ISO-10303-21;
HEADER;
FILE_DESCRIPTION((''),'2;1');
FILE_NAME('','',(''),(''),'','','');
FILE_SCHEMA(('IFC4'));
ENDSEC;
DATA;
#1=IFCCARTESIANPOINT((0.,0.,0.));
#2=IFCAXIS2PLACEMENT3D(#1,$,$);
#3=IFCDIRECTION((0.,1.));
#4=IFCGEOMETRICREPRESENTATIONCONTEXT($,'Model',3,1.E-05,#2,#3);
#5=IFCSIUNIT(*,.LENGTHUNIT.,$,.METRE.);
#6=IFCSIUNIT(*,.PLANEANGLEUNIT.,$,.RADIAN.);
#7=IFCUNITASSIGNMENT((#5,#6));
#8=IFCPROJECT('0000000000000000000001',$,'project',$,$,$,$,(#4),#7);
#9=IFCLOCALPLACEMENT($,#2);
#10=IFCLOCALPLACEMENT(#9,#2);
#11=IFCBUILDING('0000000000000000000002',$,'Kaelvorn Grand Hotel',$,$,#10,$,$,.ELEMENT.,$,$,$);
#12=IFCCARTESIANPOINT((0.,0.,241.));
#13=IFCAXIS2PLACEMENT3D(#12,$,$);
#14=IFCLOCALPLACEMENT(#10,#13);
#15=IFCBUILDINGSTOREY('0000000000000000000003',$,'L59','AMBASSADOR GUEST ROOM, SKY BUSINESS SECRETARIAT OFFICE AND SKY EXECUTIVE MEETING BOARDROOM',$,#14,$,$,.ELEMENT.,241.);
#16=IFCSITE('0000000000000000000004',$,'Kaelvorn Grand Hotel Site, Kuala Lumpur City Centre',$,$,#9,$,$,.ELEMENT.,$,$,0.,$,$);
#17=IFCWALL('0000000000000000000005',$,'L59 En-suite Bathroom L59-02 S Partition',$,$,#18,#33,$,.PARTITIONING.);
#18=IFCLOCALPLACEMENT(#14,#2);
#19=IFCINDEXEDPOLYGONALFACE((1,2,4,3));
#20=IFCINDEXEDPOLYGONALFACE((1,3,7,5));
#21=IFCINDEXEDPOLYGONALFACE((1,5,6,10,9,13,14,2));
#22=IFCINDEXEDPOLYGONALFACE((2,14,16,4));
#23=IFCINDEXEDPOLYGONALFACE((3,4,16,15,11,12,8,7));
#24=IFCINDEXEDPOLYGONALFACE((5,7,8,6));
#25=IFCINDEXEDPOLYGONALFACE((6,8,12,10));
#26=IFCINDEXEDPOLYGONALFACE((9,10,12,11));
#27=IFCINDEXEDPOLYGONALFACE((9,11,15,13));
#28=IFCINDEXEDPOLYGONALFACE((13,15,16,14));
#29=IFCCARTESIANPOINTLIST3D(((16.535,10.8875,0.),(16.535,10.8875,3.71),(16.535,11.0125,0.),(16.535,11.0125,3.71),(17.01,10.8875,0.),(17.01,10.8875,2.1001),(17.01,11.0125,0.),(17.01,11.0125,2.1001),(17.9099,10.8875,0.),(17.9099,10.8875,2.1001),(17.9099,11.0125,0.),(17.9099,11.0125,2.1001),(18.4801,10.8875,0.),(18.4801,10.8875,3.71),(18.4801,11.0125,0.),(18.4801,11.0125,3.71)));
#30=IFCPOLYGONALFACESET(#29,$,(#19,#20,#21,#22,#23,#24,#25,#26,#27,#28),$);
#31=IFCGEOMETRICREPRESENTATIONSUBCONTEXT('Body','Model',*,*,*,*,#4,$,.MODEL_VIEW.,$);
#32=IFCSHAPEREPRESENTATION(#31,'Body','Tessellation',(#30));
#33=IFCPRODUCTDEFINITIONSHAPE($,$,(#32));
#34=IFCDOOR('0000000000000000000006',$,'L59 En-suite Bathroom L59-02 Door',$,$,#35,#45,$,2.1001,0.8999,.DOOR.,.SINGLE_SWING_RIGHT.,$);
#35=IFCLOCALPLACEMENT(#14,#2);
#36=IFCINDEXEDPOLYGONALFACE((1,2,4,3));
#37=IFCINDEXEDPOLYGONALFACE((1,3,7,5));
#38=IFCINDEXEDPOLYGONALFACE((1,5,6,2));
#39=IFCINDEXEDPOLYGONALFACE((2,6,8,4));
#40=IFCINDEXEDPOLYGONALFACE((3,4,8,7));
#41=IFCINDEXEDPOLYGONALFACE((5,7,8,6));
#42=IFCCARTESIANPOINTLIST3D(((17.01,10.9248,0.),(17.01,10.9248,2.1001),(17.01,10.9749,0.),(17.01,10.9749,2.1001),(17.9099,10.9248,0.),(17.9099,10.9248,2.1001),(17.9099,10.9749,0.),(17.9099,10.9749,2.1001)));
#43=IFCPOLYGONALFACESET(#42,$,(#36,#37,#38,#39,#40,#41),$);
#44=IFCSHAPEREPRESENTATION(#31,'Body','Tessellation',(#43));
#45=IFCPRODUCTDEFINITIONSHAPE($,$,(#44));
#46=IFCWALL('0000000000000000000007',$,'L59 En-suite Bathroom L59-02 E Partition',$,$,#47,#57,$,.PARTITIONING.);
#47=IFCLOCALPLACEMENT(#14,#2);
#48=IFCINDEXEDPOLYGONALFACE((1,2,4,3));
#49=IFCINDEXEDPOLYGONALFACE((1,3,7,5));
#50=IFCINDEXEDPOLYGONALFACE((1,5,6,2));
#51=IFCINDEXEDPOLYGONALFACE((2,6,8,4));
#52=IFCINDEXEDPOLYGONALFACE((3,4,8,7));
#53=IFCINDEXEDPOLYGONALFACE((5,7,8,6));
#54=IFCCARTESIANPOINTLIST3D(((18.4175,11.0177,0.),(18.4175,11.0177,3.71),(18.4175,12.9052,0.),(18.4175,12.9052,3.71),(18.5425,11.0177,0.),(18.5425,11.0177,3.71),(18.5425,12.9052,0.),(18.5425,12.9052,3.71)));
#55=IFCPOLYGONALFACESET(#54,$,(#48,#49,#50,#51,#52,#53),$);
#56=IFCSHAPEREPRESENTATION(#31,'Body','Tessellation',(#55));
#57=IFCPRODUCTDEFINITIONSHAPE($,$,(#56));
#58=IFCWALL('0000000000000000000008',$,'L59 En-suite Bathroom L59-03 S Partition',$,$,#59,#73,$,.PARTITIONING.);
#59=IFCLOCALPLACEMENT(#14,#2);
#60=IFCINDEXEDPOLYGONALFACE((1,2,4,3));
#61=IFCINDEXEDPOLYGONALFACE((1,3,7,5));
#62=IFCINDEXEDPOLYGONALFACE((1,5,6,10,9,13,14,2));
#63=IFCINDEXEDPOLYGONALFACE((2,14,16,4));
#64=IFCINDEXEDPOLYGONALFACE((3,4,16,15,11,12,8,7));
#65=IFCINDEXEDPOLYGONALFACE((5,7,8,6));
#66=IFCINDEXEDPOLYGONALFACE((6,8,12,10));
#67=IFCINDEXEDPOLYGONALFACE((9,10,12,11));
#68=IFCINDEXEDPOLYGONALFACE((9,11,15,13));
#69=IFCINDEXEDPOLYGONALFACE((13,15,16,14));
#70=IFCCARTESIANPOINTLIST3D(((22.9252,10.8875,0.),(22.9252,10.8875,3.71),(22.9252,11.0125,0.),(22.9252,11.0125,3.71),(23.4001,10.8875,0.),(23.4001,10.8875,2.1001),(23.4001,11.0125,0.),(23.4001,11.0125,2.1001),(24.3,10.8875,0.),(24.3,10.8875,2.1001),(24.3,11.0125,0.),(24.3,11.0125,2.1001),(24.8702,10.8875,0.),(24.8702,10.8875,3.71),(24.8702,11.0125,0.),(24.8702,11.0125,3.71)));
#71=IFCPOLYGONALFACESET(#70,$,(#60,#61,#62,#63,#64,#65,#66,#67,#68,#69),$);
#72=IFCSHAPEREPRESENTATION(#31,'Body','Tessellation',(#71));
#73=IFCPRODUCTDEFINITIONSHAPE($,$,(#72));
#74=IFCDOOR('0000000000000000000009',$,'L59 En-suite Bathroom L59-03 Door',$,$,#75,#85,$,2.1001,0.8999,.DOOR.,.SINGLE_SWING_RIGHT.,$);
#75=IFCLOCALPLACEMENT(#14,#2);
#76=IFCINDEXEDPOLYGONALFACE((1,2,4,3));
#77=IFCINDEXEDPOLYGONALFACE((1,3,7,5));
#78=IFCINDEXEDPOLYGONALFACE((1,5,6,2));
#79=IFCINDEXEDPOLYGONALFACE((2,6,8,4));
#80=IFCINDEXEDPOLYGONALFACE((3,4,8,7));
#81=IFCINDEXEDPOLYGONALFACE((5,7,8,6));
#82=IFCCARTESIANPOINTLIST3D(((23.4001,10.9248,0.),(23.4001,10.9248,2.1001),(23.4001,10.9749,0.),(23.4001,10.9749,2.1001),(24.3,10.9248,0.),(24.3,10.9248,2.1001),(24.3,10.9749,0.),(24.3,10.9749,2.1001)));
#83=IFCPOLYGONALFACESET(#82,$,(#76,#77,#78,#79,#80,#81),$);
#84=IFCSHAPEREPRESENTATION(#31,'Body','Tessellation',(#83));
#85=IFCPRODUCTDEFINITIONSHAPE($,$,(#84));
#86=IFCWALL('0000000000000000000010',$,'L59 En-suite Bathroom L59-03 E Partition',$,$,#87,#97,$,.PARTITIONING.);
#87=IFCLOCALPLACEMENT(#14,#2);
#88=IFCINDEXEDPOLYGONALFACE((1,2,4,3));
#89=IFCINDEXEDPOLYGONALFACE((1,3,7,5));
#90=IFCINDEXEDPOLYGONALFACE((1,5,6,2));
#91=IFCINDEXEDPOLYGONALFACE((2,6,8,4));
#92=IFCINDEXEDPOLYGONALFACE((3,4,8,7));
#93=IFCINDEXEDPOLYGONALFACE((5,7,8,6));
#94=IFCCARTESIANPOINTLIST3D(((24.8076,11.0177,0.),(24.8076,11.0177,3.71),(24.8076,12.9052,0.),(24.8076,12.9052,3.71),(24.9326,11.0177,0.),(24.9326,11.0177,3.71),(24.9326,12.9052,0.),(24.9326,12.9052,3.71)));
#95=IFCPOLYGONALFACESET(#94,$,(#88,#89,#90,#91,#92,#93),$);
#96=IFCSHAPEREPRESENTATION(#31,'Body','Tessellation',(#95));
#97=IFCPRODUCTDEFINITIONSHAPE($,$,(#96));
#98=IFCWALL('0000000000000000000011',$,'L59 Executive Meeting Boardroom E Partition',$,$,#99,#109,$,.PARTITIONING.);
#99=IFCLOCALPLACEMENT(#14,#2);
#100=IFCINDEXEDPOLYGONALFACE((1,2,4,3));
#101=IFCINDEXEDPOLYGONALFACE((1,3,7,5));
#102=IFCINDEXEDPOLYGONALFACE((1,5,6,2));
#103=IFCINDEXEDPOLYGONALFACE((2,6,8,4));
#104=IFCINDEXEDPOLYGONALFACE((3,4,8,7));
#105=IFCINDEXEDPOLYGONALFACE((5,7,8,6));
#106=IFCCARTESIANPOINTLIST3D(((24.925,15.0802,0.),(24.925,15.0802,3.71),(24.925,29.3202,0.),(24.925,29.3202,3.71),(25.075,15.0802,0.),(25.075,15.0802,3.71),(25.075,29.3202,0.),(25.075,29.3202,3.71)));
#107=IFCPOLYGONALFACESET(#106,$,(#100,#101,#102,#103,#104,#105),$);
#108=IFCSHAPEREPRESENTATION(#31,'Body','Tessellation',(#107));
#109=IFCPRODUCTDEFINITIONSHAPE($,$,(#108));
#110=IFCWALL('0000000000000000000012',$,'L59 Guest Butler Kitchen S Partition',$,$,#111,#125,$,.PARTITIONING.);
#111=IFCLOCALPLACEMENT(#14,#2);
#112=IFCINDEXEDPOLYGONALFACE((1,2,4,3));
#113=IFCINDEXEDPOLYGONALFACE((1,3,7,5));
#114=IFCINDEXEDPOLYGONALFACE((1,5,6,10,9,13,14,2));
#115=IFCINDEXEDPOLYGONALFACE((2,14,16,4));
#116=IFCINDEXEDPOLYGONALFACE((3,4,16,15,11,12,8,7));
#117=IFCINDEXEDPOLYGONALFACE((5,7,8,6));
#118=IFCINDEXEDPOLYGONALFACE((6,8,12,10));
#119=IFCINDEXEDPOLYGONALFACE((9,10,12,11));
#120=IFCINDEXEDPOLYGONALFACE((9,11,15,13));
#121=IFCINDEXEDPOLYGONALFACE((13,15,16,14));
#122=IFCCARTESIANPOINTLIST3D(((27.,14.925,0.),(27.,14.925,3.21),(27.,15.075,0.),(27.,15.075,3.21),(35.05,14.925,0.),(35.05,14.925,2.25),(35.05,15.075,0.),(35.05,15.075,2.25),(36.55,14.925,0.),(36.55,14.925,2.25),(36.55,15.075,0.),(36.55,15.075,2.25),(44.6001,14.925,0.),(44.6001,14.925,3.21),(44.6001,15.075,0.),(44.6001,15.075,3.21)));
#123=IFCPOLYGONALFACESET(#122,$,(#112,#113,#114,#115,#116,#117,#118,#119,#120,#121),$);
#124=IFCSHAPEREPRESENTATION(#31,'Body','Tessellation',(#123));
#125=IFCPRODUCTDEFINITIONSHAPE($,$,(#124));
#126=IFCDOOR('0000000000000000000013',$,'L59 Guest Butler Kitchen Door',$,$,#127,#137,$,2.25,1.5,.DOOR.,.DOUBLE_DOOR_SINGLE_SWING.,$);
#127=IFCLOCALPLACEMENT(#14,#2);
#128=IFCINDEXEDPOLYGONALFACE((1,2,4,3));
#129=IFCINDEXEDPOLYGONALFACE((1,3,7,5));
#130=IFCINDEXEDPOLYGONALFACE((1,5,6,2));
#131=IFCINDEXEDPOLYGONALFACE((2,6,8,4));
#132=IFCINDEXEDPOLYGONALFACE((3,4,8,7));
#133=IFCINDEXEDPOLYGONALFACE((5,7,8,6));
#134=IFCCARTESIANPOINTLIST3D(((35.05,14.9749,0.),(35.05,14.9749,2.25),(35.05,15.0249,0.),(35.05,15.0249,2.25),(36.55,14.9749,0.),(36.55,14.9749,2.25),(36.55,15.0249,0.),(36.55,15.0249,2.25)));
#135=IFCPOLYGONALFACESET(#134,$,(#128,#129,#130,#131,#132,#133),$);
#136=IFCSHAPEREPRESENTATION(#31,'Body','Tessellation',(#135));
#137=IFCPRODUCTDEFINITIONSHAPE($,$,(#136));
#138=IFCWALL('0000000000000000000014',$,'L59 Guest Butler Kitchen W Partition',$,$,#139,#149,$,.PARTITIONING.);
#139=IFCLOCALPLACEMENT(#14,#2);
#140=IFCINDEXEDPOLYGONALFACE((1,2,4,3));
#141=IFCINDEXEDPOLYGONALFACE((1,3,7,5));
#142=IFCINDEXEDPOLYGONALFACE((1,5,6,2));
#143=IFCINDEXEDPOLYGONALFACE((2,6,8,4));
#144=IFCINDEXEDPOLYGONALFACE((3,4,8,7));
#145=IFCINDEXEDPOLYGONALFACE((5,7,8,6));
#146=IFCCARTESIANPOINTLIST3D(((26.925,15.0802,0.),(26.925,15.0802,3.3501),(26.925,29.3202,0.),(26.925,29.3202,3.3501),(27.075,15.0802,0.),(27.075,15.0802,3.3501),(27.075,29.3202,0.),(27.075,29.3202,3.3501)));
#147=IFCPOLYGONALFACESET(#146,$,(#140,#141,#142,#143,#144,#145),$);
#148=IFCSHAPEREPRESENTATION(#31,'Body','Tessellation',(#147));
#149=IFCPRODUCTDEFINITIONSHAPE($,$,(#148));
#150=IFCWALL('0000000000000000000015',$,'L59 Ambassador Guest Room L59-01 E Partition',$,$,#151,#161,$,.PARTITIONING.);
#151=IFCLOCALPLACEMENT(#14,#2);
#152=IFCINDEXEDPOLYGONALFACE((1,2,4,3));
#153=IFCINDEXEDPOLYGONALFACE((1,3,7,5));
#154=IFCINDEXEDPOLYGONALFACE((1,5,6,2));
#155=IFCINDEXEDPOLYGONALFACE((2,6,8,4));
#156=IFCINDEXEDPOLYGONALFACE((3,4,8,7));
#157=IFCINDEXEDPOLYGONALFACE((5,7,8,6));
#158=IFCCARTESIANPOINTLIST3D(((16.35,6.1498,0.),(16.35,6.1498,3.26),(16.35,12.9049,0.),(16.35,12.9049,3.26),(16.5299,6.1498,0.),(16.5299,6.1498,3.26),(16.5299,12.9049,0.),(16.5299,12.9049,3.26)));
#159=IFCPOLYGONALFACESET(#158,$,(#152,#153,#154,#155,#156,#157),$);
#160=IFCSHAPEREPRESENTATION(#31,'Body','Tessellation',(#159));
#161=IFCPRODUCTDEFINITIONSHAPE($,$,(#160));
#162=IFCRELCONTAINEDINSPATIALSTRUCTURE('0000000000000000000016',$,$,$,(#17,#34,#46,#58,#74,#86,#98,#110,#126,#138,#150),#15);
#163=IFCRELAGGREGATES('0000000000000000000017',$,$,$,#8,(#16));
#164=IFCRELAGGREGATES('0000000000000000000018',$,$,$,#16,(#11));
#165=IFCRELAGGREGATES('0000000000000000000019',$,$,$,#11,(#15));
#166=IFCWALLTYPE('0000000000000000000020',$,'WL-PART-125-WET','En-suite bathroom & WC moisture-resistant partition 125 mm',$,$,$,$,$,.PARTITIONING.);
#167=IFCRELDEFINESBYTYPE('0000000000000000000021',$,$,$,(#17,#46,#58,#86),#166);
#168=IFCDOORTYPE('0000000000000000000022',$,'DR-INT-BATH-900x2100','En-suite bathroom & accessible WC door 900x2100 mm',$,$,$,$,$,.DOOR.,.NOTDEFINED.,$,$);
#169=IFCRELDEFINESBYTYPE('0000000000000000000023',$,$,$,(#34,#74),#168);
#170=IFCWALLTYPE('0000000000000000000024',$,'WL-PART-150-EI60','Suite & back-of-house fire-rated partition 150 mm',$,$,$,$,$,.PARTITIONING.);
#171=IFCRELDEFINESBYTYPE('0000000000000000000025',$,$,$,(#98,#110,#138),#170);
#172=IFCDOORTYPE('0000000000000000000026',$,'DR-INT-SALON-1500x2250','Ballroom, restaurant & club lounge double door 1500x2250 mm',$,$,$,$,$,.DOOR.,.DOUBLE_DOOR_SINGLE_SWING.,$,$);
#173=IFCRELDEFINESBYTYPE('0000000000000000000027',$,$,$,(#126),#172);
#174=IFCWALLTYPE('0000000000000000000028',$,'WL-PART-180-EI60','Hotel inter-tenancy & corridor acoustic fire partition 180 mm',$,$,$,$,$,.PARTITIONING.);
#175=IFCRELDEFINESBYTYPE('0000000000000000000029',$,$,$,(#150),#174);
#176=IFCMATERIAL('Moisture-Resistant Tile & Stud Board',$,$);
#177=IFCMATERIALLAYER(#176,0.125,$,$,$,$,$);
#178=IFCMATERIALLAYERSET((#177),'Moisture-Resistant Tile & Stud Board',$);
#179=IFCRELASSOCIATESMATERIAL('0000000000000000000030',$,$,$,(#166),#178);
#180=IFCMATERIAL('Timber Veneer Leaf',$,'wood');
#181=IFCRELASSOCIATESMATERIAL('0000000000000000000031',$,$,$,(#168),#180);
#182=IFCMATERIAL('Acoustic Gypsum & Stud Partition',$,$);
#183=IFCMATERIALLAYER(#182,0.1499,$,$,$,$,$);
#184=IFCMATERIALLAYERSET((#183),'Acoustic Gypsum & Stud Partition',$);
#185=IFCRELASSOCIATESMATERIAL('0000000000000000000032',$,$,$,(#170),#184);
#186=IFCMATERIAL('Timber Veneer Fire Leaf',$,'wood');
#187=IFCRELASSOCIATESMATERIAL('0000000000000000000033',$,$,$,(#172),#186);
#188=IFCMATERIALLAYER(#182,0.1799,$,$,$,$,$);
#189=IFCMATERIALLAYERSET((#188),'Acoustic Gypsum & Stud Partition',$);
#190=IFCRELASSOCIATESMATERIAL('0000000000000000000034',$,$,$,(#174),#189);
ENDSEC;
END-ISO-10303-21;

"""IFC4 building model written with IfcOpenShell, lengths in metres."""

from ifc_helpers import new_model, si_unit, direction, frame, frame_2d, origin, place, context, subcontext, project, spatial, rectangle, extrude, material, layer, layer_set, type_object, element, fill, save


model = new_model("IFC4")

# Units and contexts
model_context = context("Model", 3, precision=1e-05, world=origin(), true_north=direction((0.0, 1.0)))
body_context = subcontext(model_context, "Body", "Model", "MODEL_VIEW")
ifc_project = project(units=[si_unit("LENGTHUNIT", "METRE"), si_unit("PLANEANGLEUNIT", "RADIAN")], contexts=[model_context])

# Site, building, storey
site_placement = place(None, origin())
site = spatial("IfcSite", under=ifc_project, at=site_placement, Name="Kaelvorn Grand Hotel Site, Kuala Lumpur City Centre", CompositionType="ELEMENT", RefElevation=0.0)
building_placement = place(site_placement, origin())
building = spatial("IfcBuilding", under=site, at=building_placement, Name="Kaelvorn Grand Hotel", CompositionType="ELEMENT")
storey_placement = place(building_placement, frame((0.0, 0.0, 241.0)))
storey = spatial("IfcBuildingStorey", under=building, at=storey_placement, Name="L59", Description="AMBASSADOR GUEST ROOM, SKY BUSINESS SECRETARIAT OFFICE AND SKY EXECUTIVE MEETING BOARDROOM", CompositionType="ELEMENT", Elevation=241.0)

# Wall, opening, door
ifc_material_1 = material(Name="Moisture-Resistant Tile & Stud Board")
ifc_layer_1 = layer(ifc_material_1, 0.125)
ifc_layer_set_1 = layer_set([ifc_layer_1], Name="Moisture-Resistant Tile & Stud Board")
wall_type_1 = type_object("IfcWallType", Name="WL-PART-125-WET", Description="En-suite bathroom & WC moisture-resistant partition 125 mm", PredefinedType="PARTITIONING", material=ifc_layer_set_1)
wall_1_placement = place(storey_placement, frame((16.5349, 10.95, 0.0), z_axis=(0.0, 0.0, 1.0), x_axis=(1.0, 0.0, 0.0)))
wall_1 = element("IfcWall", 1, at=wall_1_placement, inside=storey, type_object=wall_type_1, Name="L59 En-suite Bathroom L59-02 S Partition", PredefinedType="PARTITIONING", context=body_context, shape_type="SweptSolid", body=[
    extrude(rectangle(XDim=1.9451, YDim=0.125, at=frame_2d((0.9727, 0.0))), origin(), (0.0, 0.0, 1.0), 3.71),
])
opening_1_placement = place(wall_1_placement, frame((0.4751, 0.0, 0.0)))
opening_1 = element("IfcOpeningElement", 2, at=opening_1_placement, cuts=wall_1, PredefinedType="OPENING", context=body_context, shape_type="SweptSolid", body=[
    extrude(rectangle(XDim=0.8999, YDim=2.1001, at=frame_2d((0.45, 1.05))), frame((0.0, 0.0725, 0.0), z_axis=(0.0, -1.0, 0.0), x_axis=(1.0, 0.0, 0.0)), (0.0, 0.0, 1.0), 0.145),
])
ifc_material_2 = material(Name="Timber Veneer Leaf", Category="wood")
door_type_1 = type_object("IfcDoorType", Name="DR-INT-BATH-900x2100", Description="En-suite bathroom & accessible WC door 900x2100 mm", OperationType="NOTDEFINED", PredefinedType="DOOR", material=ifc_material_2)
door_1_placement = place(opening_1_placement, origin())
door_1 = element("IfcDoor", 3, at=door_1_placement, inside=storey, type_object=door_type_1, Name="L59 En-suite Bathroom L59-02 Door", OperationType="SINGLE_SWING_RIGHT", OverallHeight=2.1001, OverallWidth=0.8999, PredefinedType="DOOR", context=body_context, shape_type="SweptSolid", body=[
    extrude(rectangle(XDim=0.8999, YDim=2.1001, at=frame_2d((0.45, 1.05))), frame((0.0, 0.0249, 0.0), z_axis=(0.0, -1.0, 0.0), x_axis=(1.0, 0.0, 0.0)), (0.0, 0.0, 1.0), 0.05),
])
fill(opening_1, door_1)

# Wall
wall_2_placement = place(storey_placement, frame((18.48, 11.0176, 0.0), z_axis=(0.0, 0.0, 1.0), x_axis=(0.0, 1.0, 0.0)))
element("IfcWall", 4, at=wall_2_placement, inside=storey, type_object=wall_type_1, Name="L59 En-suite Bathroom L59-02 E Partition", PredefinedType="PARTITIONING", context=body_context, shape_type="SweptSolid", body=[
    extrude(rectangle(XDim=1.8875, YDim=0.125, at=frame_2d((0.9438, 0.0))), origin(), (0.0, 0.0, 1.0), 3.71),
])

# Wall, opening, door
wall_3_placement = place(storey_placement, frame((22.925, 10.95, 0.0), z_axis=(0.0, 0.0, 1.0), x_axis=(1.0, 0.0, 0.0)))
wall_3 = element("IfcWall", 5, at=wall_3_placement, inside=storey, type_object=wall_type_1, Name="L59 En-suite Bathroom L59-03 S Partition", PredefinedType="PARTITIONING", context=body_context, shape_type="SweptSolid", body=[
    extrude(rectangle(XDim=1.9451, YDim=0.125, at=frame_2d((0.9727, 0.0))), origin(), (0.0, 0.0, 1.0), 3.71),
])
opening_2_placement = place(wall_3_placement, frame((0.4751, 0.0, 0.0)))
opening_2 = element("IfcOpeningElement", 6, at=opening_2_placement, cuts=wall_3, PredefinedType="OPENING", context=body_context, shape_type="SweptSolid", body=[
    extrude(rectangle(XDim=0.8999, YDim=2.1001, at=frame_2d((0.45, 1.05))), frame((0.0, 0.0725, 0.0), z_axis=(0.0, -1.0, 0.0), x_axis=(1.0, 0.0, 0.0)), (0.0, 0.0, 1.0), 0.145),
])
door_2_placement = place(opening_2_placement, origin())
door_2 = element("IfcDoor", 7, at=door_2_placement, inside=storey, type_object=door_type_1, Name="L59 En-suite Bathroom L59-03 Door", OperationType="SINGLE_SWING_RIGHT", OverallHeight=2.1001, OverallWidth=0.8999, PredefinedType="DOOR", context=body_context, shape_type="SweptSolid", body=[
    extrude(rectangle(XDim=0.8999, YDim=2.1001, at=frame_2d((0.45, 1.05))), frame((0.0, 0.0249, 0.0), z_axis=(0.0, -1.0, 0.0), x_axis=(1.0, 0.0, 0.0)), (0.0, 0.0, 1.0), 0.05),
])
fill(opening_2, door_2)

# Walls
wall_4_placement = place(storey_placement, frame((24.8701, 11.0176, 0.0), z_axis=(0.0, 0.0, 1.0), x_axis=(0.0, 1.0, 0.0)))
element("IfcWall", 8, at=wall_4_placement, inside=storey, type_object=wall_type_1, Name="L59 En-suite Bathroom L59-03 E Partition", PredefinedType="PARTITIONING", context=body_context, shape_type="SweptSolid", body=[
    extrude(rectangle(XDim=1.8875, YDim=0.125, at=frame_2d((0.9438, 0.0))), origin(), (0.0, 0.0, 1.0), 3.71),
])
ifc_material_3 = material(Name="Acoustic Gypsum & Stud Partition")
ifc_layer_2 = layer(ifc_material_3, 0.1499)
ifc_layer_set_2 = layer_set([ifc_layer_2], Name="Acoustic Gypsum & Stud Partition")
wall_type_2 = type_object("IfcWallType", Name="WL-PART-150-EI60", Description="Suite & back-of-house fire-rated partition 150 mm", PredefinedType="PARTITIONING", material=ifc_layer_set_2)
wall_5_placement = place(storey_placement, frame((25.0, 15.0801, 0.0), z_axis=(0.0, 0.0, 1.0), x_axis=(0.0, 1.0, 0.0)))
element("IfcWall", 9, at=wall_5_placement, inside=storey, type_object=wall_type_2, Name="L59 Executive Meeting Boardroom E Partition", PredefinedType="PARTITIONING", context=body_context, shape_type="SweptSolid", body=[
    extrude(rectangle(XDim=14.24, YDim=0.1499, at=frame_2d((7.1201, 0.0))), origin(), (0.0, 0.0, 1.0), 3.71),
])

# Wall, opening, door
wall_6_placement = place(storey_placement, frame((27.0, 15.0, 0.0), z_axis=(0.0, 0.0, 1.0), x_axis=(1.0, 0.0, 0.0)))
wall_6 = element("IfcWall", 10, at=wall_6_placement, inside=storey, type_object=wall_type_2, Name="L59 Guest Butler Kitchen S Partition", PredefinedType="PARTITIONING", context=body_context, shape_type="SweptSolid", body=[
    extrude(rectangle(XDim=17.6001, YDim=0.1499, at=frame_2d((8.8, 0.0))), origin(), (0.0, 0.0, 1.0), 3.21),
])
opening_3_placement = place(wall_6_placement, frame((8.05, 0.0, 0.0)))
opening_3 = element("IfcOpeningElement", 11, at=opening_3_placement, cuts=wall_6, PredefinedType="OPENING", context=body_context, shape_type="SweptSolid", body=[
    extrude(rectangle(XDim=1.5, YDim=2.25, at=frame_2d((0.75, 1.125))), frame((0.0, 0.085, 0.0), z_axis=(0.0, -1.0, 0.0), x_axis=(1.0, 0.0, 0.0)), (0.0, 0.0, 1.0), 0.1699),
])
ifc_material_4 = material(Name="Timber Veneer Fire Leaf", Category="wood")
door_type_2 = type_object("IfcDoorType", Name="DR-INT-SALON-1500x2250", Description="Ballroom, restaurant & club lounge double door 1500x2250 mm", OperationType="DOUBLE_DOOR_SINGLE_SWING", PredefinedType="DOOR", material=ifc_material_4)
door_3_placement = place(opening_3_placement, origin())
door_3 = element("IfcDoor", 12, at=door_3_placement, inside=storey, type_object=door_type_2, Name="L59 Guest Butler Kitchen Door", OperationType="DOUBLE_DOOR_SINGLE_SWING", OverallHeight=2.25, OverallWidth=1.5, PredefinedType="DOOR", context=body_context, shape_type="SweptSolid", body=[
    extrude(rectangle(XDim=1.5, YDim=2.25, at=frame_2d((0.75, 1.125))), frame((0.0, 0.0249, 0.0), z_axis=(0.0, -1.0, 0.0), x_axis=(1.0, 0.0, 0.0)), (0.0, 0.0, 1.0), 0.05),
])
fill(opening_3, door_3)

# Walls
wall_7_placement = place(storey_placement, frame((27.0, 15.0801, 0.0), z_axis=(0.0, 0.0, 1.0), x_axis=(0.0, 1.0, 0.0)))
element("IfcWall", 13, at=wall_7_placement, inside=storey, type_object=wall_type_2, Name="L59 Guest Butler Kitchen W Partition", PredefinedType="PARTITIONING", context=body_context, shape_type="SweptSolid", body=[
    extrude(rectangle(XDim=14.24, YDim=0.1499, at=frame_2d((7.1201, 0.0))), origin(), (0.0, 0.0, 1.0), 3.3501),
])
ifc_layer_3 = layer(ifc_material_3, 0.1799)
ifc_layer_set_3 = layer_set([ifc_layer_3], Name="Acoustic Gypsum & Stud Partition")
wall_type_3 = type_object("IfcWallType", Name="WL-PART-180-EI60", Description="Hotel inter-tenancy & corridor acoustic fire partition 180 mm", PredefinedType="PARTITIONING", material=ifc_layer_set_3)
wall_8_placement = place(storey_placement, frame((16.4399, 6.1499, 0.0), z_axis=(0.0, 0.0, 1.0), x_axis=(0.0, 1.0, 0.0)))
element("IfcWall", 14, at=wall_8_placement, inside=storey, type_object=wall_type_3, Name="L59 Ambassador Guest Room L59-01 E Partition", PredefinedType="PARTITIONING", context=body_context, shape_type="SweptSolid", body=[
    extrude(rectangle(XDim=6.7551, YDim=0.1799, at=frame_2d((3.3774, 0.0))), origin(), (0.0, 0.0, 1.0), 3.26),
])

save(model, "model.ifc")
